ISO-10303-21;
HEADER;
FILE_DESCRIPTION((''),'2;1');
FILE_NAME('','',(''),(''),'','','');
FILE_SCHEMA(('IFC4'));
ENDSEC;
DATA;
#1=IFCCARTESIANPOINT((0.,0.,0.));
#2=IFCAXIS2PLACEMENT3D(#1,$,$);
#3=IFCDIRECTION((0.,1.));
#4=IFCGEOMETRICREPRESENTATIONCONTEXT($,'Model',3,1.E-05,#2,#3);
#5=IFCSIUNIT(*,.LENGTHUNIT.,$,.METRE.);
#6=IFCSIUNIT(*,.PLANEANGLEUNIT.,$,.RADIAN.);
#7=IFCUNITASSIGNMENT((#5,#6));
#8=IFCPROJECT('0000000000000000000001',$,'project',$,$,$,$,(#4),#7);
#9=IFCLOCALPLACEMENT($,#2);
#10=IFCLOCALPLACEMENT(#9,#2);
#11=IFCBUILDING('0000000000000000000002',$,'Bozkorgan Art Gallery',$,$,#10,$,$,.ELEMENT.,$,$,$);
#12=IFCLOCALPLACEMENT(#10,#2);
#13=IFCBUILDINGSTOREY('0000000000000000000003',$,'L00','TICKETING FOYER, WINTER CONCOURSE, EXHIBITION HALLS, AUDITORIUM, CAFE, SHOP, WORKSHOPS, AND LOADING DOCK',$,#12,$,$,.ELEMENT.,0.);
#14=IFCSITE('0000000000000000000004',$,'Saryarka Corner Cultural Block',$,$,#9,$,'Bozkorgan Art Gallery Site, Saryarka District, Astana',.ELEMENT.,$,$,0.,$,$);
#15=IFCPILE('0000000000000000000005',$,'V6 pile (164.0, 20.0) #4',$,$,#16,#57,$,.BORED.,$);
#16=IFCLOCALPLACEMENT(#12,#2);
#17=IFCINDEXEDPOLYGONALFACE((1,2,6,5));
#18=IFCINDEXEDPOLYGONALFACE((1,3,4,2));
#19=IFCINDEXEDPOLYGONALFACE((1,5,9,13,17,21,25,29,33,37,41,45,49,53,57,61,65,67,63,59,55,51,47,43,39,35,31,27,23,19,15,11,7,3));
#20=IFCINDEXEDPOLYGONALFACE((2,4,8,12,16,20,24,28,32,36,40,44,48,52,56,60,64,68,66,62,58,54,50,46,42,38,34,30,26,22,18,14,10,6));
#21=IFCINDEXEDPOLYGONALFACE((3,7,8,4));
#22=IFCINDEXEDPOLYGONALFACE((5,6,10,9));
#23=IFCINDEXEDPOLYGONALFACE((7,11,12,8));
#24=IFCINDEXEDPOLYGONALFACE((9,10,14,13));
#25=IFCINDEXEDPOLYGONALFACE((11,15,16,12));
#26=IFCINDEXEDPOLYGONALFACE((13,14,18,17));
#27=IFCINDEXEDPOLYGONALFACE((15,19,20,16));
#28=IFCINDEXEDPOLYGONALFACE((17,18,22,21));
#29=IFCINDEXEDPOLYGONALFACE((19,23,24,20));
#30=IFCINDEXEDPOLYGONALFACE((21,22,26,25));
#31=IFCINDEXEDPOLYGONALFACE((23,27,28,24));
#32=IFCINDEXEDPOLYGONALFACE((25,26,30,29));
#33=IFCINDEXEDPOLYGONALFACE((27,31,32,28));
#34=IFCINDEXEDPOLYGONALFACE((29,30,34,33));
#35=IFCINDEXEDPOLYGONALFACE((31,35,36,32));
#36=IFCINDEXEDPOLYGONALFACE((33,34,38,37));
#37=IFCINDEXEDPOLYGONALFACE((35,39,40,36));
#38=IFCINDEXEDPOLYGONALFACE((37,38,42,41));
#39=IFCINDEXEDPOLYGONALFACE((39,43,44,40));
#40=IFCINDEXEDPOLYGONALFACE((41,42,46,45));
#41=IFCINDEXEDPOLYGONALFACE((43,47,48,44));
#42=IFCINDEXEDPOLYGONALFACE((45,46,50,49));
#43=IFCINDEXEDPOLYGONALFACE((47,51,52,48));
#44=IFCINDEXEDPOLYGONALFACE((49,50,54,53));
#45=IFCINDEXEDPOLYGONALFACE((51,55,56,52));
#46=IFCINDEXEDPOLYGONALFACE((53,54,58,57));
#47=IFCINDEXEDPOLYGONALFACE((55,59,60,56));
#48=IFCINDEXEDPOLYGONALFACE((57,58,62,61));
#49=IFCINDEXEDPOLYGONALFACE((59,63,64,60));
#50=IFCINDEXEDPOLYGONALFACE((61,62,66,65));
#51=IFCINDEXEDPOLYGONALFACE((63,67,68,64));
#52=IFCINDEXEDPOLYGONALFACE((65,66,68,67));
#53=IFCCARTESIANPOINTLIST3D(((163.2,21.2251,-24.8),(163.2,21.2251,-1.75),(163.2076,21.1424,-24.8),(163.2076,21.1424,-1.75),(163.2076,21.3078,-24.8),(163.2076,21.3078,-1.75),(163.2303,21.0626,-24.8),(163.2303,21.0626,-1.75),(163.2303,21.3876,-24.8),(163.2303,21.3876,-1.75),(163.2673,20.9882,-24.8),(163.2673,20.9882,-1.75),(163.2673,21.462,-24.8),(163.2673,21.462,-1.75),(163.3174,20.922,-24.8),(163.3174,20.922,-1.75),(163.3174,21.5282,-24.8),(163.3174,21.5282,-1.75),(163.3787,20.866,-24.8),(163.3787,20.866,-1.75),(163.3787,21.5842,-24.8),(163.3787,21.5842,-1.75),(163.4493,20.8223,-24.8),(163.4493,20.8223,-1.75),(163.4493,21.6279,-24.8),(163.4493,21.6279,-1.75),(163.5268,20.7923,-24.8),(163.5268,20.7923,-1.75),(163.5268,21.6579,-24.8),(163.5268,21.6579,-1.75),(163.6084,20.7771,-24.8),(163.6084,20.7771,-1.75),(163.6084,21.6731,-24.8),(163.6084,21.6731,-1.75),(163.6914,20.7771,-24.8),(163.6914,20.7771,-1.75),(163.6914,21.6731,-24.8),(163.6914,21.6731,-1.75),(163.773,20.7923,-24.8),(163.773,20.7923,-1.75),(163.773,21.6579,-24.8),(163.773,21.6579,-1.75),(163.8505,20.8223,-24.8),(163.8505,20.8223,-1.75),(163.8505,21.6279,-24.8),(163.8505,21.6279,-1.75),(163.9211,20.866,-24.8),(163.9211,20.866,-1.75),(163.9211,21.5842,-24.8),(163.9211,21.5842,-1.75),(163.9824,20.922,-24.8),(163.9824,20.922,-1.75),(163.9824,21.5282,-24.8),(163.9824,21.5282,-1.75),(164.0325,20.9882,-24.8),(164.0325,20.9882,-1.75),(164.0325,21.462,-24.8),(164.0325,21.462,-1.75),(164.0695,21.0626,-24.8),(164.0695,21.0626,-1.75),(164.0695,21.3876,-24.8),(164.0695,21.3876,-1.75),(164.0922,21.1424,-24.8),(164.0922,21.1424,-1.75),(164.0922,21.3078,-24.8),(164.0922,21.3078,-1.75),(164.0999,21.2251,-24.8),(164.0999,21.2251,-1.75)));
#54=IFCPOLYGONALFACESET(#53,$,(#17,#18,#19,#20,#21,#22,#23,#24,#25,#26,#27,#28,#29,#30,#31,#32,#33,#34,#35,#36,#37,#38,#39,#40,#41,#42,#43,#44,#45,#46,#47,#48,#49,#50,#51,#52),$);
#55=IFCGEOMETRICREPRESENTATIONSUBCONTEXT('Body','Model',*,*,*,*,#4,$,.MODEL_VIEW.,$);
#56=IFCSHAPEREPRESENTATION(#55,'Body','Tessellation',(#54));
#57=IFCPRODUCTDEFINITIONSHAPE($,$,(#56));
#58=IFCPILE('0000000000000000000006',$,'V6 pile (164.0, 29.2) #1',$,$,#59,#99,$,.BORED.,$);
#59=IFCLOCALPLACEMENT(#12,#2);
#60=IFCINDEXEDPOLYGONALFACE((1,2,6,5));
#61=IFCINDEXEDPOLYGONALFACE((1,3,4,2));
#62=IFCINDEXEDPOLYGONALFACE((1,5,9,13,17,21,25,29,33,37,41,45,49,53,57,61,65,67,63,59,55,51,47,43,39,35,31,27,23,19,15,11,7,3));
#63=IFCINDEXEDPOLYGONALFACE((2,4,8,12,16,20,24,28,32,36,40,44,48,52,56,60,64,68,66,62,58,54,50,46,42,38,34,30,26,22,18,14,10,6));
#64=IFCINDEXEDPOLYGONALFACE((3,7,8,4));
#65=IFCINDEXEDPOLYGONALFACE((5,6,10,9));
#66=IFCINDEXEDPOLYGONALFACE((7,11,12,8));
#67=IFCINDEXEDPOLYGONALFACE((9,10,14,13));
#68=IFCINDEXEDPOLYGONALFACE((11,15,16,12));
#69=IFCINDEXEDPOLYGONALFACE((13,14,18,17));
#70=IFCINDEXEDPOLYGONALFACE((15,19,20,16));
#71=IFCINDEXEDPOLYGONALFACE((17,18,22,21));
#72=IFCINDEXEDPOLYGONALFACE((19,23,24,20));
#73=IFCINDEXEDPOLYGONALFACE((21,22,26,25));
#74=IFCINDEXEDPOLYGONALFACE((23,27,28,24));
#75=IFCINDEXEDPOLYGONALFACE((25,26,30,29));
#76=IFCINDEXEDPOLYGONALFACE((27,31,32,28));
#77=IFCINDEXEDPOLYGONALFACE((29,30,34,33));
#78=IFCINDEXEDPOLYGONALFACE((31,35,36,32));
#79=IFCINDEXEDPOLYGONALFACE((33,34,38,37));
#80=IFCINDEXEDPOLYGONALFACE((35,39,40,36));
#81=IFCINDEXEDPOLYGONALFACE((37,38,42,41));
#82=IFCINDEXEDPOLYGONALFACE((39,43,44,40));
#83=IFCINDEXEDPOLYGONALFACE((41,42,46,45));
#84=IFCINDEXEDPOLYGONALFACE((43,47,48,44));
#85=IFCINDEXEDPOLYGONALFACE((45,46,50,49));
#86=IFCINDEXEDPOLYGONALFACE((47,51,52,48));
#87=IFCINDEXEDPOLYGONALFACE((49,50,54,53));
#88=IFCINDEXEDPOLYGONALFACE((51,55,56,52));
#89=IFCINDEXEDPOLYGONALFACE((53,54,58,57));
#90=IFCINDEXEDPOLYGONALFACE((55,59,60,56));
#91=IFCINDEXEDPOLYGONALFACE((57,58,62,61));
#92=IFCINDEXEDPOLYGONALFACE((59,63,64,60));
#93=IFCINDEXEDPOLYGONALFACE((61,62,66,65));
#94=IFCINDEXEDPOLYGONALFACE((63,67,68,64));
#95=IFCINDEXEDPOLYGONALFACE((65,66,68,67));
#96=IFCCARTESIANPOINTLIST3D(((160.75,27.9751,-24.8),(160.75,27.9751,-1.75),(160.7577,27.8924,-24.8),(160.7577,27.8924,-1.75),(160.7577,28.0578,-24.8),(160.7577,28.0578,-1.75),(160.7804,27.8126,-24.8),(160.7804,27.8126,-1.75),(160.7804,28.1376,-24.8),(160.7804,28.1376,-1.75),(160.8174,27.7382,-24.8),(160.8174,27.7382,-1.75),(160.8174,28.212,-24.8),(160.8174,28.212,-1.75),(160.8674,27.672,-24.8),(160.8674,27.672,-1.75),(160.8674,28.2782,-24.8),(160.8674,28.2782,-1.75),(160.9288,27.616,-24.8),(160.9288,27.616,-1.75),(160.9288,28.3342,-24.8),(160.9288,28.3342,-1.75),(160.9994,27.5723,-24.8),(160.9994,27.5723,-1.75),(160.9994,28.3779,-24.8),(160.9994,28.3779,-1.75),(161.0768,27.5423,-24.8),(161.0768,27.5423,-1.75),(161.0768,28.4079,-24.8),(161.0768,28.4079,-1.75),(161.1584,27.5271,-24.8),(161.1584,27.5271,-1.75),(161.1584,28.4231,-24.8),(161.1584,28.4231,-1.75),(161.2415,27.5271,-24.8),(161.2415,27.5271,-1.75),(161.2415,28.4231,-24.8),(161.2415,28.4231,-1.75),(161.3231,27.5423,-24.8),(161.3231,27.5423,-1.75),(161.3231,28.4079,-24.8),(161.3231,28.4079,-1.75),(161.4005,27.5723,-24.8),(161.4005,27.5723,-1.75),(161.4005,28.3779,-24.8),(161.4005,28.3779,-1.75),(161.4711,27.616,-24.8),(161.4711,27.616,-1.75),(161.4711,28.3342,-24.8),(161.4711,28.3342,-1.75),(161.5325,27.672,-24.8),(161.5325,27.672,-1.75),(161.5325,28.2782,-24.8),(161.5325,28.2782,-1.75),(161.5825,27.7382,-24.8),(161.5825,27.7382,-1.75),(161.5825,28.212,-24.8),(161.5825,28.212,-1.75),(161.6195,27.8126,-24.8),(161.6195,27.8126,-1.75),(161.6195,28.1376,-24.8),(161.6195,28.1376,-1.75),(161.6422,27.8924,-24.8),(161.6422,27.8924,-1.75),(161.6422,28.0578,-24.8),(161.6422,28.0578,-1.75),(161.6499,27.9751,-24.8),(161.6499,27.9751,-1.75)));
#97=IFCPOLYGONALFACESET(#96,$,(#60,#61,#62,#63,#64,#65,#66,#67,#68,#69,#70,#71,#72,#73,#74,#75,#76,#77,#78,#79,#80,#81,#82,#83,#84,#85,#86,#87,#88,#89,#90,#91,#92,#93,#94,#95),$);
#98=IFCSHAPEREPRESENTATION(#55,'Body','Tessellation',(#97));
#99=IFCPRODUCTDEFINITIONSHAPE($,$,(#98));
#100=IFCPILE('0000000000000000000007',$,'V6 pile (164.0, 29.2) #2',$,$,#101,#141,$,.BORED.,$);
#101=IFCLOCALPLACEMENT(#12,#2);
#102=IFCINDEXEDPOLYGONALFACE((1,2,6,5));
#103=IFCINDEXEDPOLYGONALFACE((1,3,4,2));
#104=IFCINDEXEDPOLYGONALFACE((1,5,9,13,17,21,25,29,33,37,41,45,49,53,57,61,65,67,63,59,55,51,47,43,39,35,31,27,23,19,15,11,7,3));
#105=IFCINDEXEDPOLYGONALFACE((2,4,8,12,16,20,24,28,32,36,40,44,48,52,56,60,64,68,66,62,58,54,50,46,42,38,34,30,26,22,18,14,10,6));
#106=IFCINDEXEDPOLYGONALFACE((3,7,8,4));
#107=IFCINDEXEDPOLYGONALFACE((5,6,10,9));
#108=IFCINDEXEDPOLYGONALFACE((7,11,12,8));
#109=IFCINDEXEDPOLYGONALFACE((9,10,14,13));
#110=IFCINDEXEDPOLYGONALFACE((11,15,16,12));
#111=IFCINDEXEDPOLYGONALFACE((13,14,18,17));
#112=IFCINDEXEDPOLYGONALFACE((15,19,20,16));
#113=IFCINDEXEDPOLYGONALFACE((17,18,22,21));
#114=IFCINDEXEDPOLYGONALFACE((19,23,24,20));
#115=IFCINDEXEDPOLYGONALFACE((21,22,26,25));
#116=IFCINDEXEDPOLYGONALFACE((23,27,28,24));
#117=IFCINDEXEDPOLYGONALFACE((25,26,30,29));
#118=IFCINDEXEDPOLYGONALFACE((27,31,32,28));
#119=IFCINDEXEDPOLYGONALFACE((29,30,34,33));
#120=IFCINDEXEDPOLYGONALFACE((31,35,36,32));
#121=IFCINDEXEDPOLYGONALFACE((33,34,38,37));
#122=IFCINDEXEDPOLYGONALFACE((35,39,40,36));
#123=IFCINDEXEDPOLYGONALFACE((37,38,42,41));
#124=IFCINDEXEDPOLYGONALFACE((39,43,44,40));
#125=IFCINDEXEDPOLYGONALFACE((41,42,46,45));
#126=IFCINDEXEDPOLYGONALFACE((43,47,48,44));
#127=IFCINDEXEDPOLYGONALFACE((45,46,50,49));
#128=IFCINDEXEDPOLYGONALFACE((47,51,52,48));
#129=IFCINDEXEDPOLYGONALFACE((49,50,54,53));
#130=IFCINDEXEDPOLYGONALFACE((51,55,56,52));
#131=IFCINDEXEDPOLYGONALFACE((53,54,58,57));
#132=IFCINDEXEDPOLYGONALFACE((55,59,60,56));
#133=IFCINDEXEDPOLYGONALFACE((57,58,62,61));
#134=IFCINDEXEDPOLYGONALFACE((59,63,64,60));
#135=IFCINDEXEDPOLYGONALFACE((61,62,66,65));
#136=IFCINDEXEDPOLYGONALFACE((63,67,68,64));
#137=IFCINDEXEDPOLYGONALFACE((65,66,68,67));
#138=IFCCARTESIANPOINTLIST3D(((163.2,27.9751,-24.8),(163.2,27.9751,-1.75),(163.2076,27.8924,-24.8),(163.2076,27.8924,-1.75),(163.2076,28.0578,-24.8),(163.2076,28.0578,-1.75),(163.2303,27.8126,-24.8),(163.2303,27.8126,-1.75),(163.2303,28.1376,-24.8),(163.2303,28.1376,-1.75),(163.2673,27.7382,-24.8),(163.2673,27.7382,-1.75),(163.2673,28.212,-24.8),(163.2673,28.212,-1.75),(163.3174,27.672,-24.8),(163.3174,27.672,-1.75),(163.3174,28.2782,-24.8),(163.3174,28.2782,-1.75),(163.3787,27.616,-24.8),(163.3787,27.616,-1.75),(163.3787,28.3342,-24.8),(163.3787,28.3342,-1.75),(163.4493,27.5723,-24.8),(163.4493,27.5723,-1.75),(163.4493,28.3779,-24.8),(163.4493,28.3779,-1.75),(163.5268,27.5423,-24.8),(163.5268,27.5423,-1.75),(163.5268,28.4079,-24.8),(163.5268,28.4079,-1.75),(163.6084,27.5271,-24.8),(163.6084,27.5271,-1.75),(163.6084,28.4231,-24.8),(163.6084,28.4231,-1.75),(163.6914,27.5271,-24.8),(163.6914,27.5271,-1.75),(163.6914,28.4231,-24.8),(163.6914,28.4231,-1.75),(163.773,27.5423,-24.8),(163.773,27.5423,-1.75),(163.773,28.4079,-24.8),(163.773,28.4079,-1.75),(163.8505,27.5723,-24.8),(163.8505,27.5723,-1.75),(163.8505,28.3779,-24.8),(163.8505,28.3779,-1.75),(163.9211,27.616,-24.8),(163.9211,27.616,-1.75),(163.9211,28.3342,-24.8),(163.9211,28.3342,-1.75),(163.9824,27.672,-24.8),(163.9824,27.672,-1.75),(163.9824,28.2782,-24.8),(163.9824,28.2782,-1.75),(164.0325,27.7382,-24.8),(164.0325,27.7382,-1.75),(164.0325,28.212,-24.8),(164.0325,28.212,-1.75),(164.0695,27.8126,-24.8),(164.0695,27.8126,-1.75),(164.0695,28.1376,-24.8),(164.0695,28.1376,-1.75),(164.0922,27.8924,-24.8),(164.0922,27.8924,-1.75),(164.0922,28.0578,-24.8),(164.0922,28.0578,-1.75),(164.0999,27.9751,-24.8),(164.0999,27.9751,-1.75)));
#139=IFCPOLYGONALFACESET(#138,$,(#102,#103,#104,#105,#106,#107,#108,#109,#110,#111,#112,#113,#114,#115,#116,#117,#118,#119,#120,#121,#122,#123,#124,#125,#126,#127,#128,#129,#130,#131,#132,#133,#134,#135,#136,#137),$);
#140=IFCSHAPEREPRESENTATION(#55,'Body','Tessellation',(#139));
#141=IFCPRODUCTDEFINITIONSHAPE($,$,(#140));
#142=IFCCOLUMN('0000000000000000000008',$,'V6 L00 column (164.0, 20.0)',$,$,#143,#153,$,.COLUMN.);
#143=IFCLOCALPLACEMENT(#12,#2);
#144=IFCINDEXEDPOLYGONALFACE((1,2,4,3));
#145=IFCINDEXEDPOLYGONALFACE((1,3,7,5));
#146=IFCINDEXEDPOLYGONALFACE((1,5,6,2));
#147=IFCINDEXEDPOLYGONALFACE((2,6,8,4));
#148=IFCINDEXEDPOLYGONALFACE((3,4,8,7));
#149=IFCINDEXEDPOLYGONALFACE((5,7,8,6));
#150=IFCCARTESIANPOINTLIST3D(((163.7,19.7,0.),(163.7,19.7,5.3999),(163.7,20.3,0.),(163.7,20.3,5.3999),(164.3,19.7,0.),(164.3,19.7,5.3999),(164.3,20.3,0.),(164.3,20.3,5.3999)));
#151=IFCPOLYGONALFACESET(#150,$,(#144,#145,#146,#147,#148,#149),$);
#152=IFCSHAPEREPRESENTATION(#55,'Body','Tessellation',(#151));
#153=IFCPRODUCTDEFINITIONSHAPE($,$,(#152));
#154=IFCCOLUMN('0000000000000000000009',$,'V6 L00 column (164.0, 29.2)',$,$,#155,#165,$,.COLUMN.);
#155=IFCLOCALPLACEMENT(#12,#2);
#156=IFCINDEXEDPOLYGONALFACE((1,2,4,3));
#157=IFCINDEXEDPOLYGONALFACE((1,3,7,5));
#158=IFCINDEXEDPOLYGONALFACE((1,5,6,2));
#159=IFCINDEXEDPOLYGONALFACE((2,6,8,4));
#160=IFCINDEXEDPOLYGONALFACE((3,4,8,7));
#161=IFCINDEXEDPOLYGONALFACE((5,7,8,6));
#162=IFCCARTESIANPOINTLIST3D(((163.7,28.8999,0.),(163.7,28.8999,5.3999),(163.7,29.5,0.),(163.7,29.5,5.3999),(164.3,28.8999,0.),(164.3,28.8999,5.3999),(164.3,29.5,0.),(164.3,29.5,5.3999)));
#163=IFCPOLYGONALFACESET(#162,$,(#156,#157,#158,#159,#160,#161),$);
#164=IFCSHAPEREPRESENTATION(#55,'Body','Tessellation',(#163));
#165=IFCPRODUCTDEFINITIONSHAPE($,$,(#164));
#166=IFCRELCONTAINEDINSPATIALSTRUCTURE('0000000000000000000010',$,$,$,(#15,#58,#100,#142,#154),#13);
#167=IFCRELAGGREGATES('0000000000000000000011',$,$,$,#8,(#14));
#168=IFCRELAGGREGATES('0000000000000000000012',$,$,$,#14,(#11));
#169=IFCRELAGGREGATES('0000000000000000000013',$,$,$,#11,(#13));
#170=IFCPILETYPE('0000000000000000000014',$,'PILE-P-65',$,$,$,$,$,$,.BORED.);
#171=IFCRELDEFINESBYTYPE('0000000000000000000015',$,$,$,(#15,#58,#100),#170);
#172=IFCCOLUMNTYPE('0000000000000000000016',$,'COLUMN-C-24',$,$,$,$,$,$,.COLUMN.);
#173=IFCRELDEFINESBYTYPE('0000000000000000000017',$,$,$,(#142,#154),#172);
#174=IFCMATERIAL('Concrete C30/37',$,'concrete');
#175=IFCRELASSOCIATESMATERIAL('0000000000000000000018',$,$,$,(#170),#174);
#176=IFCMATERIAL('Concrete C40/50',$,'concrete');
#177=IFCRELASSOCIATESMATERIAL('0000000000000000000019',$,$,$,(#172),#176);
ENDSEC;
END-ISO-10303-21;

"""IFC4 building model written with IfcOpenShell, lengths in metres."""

from ifc_helpers import new_model, si_unit, direction, frame, origin, origin_2d, place, context, subcontext, project, spatial, rectangle, circle, extrude, material, material_profile, profile_set, type_object, element, save


model = new_model("IFC4")

# Units and contexts
model_context = context("Model", 3, precision=1e-05, world=origin(), true_north=direction((0.0, 1.0)))
body_context = subcontext(model_context, "Body", "Model", "MODEL_VIEW")
ifc_project = project(units=[si_unit("LENGTHUNIT", "METRE"), si_unit("PLANEANGLEUNIT", "RADIAN")], contexts=[model_context])

# Site, building, storey
site_placement = place(None, origin())
site = spatial("IfcSite", under=ifc_project, at=site_placement, Name="Saryarka Corner Cultural Block", LongName="Bozkorgan Art Gallery Site, Saryarka District, Astana", CompositionType="ELEMENT", RefElevation=0.0)
building_placement = place(site_placement, origin())
building = spatial("IfcBuilding", under=site, at=building_placement, Name="Bozkorgan Art Gallery", CompositionType="ELEMENT")
storey_placement = place(building_placement, origin())
storey = spatial("IfcBuildingStorey", under=building, at=storey_placement, Name="L00", Description="TICKETING FOYER, WINTER CONCOURSE, EXHIBITION HALLS, AUDITORIUM, CAFE, SHOP, WORKSHOPS, AND LOADING DOCK", CompositionType="ELEMENT", Elevation=0.0)

# Shared definitions
ifc_material_1 = material(Name="Concrete C30/37", Category="concrete")

# Piles
ifc_material_profile_1 = material_profile(ifc_material_1, circle(Radius=0.45, at=origin_2d()), Name="PILE D900")
ifc_profile_set_1 = profile_set([ifc_material_profile_1], Name="Concrete C30/37")
pile_type = type_object("IfcPileType", Name="PILE-P-65", PredefinedType="BORED", material=ifc_profile_set_1)
for number, where, z_axis, x_axis, name in (
    (1, (163.6499, 21.2251, -1.75), (0.0, 0.0, -1.0), (1.0, 0.0, 0.0), "V6 pile (164.0, 20.0) #4"),
    (2, (161.2, 27.9751, -1.75), (0.0, 0.0, -1.0), (1.0, 0.0, 0.0), "V6 pile (164.0, 29.2) #1"),
    (3, (163.6499, 27.9751, -1.75), (0.0, 0.0, -1.0), (1.0, 0.0, 0.0), "V6 pile (164.0, 29.2) #2"),
):
    element("IfcPile", number, at=place(storey_placement, frame(where, z_axis=z_axis, x_axis=x_axis)), inside=storey, type_object=pile_type, Name=name, PredefinedType="BORED", context=body_context, shape_type="SweptSolid", body=[
        extrude(circle(Radius=0.45, at=origin_2d()), origin(), (0.0, 0.0, 1.0), 23.05),
    ])

# Columns
ifc_material_2 = material(Name="Concrete C40/50", Category="concrete")
ifc_material_profile_2 = material_profile(ifc_material_2, rectangle(XDim=0.6001, YDim=0.6001, at=origin_2d()), Name="RC 600x600")
ifc_profile_set_2 = profile_set([ifc_material_profile_2], Name="Concrete C40/50")
column_type = type_object("IfcColumnType", Name="COLUMN-C-24", PredefinedType="COLUMN", material=ifc_profile_set_2)
for number, where, z_axis, x_axis, name in (
    (4, (164.0, 20.0, 0.0), (0.0, 0.0, 1.0), (1.0, 0.0, 0.0), "V6 L00 column (164.0, 20.0)"),
    (5, (164.0, 29.2, 0.0), (0.0, 0.0, 1.0), (1.0, 0.0, 0.0), "V6 L00 column (164.0, 29.2)"),
):
    element("IfcColumn", number, at=place(storey_placement, frame(where, z_axis=z_axis, x_axis=x_axis)), inside=storey, type_object=column_type, Name=name, PredefinedType="COLUMN", context=body_context, shape_type="SweptSolid", body=[
        extrude(rectangle(XDim=0.6001, YDim=0.6001, at=origin_2d()), origin(), (0.0, 0.0, 1.0), 5.3999),
    ])

save(model, "model.ifc")
